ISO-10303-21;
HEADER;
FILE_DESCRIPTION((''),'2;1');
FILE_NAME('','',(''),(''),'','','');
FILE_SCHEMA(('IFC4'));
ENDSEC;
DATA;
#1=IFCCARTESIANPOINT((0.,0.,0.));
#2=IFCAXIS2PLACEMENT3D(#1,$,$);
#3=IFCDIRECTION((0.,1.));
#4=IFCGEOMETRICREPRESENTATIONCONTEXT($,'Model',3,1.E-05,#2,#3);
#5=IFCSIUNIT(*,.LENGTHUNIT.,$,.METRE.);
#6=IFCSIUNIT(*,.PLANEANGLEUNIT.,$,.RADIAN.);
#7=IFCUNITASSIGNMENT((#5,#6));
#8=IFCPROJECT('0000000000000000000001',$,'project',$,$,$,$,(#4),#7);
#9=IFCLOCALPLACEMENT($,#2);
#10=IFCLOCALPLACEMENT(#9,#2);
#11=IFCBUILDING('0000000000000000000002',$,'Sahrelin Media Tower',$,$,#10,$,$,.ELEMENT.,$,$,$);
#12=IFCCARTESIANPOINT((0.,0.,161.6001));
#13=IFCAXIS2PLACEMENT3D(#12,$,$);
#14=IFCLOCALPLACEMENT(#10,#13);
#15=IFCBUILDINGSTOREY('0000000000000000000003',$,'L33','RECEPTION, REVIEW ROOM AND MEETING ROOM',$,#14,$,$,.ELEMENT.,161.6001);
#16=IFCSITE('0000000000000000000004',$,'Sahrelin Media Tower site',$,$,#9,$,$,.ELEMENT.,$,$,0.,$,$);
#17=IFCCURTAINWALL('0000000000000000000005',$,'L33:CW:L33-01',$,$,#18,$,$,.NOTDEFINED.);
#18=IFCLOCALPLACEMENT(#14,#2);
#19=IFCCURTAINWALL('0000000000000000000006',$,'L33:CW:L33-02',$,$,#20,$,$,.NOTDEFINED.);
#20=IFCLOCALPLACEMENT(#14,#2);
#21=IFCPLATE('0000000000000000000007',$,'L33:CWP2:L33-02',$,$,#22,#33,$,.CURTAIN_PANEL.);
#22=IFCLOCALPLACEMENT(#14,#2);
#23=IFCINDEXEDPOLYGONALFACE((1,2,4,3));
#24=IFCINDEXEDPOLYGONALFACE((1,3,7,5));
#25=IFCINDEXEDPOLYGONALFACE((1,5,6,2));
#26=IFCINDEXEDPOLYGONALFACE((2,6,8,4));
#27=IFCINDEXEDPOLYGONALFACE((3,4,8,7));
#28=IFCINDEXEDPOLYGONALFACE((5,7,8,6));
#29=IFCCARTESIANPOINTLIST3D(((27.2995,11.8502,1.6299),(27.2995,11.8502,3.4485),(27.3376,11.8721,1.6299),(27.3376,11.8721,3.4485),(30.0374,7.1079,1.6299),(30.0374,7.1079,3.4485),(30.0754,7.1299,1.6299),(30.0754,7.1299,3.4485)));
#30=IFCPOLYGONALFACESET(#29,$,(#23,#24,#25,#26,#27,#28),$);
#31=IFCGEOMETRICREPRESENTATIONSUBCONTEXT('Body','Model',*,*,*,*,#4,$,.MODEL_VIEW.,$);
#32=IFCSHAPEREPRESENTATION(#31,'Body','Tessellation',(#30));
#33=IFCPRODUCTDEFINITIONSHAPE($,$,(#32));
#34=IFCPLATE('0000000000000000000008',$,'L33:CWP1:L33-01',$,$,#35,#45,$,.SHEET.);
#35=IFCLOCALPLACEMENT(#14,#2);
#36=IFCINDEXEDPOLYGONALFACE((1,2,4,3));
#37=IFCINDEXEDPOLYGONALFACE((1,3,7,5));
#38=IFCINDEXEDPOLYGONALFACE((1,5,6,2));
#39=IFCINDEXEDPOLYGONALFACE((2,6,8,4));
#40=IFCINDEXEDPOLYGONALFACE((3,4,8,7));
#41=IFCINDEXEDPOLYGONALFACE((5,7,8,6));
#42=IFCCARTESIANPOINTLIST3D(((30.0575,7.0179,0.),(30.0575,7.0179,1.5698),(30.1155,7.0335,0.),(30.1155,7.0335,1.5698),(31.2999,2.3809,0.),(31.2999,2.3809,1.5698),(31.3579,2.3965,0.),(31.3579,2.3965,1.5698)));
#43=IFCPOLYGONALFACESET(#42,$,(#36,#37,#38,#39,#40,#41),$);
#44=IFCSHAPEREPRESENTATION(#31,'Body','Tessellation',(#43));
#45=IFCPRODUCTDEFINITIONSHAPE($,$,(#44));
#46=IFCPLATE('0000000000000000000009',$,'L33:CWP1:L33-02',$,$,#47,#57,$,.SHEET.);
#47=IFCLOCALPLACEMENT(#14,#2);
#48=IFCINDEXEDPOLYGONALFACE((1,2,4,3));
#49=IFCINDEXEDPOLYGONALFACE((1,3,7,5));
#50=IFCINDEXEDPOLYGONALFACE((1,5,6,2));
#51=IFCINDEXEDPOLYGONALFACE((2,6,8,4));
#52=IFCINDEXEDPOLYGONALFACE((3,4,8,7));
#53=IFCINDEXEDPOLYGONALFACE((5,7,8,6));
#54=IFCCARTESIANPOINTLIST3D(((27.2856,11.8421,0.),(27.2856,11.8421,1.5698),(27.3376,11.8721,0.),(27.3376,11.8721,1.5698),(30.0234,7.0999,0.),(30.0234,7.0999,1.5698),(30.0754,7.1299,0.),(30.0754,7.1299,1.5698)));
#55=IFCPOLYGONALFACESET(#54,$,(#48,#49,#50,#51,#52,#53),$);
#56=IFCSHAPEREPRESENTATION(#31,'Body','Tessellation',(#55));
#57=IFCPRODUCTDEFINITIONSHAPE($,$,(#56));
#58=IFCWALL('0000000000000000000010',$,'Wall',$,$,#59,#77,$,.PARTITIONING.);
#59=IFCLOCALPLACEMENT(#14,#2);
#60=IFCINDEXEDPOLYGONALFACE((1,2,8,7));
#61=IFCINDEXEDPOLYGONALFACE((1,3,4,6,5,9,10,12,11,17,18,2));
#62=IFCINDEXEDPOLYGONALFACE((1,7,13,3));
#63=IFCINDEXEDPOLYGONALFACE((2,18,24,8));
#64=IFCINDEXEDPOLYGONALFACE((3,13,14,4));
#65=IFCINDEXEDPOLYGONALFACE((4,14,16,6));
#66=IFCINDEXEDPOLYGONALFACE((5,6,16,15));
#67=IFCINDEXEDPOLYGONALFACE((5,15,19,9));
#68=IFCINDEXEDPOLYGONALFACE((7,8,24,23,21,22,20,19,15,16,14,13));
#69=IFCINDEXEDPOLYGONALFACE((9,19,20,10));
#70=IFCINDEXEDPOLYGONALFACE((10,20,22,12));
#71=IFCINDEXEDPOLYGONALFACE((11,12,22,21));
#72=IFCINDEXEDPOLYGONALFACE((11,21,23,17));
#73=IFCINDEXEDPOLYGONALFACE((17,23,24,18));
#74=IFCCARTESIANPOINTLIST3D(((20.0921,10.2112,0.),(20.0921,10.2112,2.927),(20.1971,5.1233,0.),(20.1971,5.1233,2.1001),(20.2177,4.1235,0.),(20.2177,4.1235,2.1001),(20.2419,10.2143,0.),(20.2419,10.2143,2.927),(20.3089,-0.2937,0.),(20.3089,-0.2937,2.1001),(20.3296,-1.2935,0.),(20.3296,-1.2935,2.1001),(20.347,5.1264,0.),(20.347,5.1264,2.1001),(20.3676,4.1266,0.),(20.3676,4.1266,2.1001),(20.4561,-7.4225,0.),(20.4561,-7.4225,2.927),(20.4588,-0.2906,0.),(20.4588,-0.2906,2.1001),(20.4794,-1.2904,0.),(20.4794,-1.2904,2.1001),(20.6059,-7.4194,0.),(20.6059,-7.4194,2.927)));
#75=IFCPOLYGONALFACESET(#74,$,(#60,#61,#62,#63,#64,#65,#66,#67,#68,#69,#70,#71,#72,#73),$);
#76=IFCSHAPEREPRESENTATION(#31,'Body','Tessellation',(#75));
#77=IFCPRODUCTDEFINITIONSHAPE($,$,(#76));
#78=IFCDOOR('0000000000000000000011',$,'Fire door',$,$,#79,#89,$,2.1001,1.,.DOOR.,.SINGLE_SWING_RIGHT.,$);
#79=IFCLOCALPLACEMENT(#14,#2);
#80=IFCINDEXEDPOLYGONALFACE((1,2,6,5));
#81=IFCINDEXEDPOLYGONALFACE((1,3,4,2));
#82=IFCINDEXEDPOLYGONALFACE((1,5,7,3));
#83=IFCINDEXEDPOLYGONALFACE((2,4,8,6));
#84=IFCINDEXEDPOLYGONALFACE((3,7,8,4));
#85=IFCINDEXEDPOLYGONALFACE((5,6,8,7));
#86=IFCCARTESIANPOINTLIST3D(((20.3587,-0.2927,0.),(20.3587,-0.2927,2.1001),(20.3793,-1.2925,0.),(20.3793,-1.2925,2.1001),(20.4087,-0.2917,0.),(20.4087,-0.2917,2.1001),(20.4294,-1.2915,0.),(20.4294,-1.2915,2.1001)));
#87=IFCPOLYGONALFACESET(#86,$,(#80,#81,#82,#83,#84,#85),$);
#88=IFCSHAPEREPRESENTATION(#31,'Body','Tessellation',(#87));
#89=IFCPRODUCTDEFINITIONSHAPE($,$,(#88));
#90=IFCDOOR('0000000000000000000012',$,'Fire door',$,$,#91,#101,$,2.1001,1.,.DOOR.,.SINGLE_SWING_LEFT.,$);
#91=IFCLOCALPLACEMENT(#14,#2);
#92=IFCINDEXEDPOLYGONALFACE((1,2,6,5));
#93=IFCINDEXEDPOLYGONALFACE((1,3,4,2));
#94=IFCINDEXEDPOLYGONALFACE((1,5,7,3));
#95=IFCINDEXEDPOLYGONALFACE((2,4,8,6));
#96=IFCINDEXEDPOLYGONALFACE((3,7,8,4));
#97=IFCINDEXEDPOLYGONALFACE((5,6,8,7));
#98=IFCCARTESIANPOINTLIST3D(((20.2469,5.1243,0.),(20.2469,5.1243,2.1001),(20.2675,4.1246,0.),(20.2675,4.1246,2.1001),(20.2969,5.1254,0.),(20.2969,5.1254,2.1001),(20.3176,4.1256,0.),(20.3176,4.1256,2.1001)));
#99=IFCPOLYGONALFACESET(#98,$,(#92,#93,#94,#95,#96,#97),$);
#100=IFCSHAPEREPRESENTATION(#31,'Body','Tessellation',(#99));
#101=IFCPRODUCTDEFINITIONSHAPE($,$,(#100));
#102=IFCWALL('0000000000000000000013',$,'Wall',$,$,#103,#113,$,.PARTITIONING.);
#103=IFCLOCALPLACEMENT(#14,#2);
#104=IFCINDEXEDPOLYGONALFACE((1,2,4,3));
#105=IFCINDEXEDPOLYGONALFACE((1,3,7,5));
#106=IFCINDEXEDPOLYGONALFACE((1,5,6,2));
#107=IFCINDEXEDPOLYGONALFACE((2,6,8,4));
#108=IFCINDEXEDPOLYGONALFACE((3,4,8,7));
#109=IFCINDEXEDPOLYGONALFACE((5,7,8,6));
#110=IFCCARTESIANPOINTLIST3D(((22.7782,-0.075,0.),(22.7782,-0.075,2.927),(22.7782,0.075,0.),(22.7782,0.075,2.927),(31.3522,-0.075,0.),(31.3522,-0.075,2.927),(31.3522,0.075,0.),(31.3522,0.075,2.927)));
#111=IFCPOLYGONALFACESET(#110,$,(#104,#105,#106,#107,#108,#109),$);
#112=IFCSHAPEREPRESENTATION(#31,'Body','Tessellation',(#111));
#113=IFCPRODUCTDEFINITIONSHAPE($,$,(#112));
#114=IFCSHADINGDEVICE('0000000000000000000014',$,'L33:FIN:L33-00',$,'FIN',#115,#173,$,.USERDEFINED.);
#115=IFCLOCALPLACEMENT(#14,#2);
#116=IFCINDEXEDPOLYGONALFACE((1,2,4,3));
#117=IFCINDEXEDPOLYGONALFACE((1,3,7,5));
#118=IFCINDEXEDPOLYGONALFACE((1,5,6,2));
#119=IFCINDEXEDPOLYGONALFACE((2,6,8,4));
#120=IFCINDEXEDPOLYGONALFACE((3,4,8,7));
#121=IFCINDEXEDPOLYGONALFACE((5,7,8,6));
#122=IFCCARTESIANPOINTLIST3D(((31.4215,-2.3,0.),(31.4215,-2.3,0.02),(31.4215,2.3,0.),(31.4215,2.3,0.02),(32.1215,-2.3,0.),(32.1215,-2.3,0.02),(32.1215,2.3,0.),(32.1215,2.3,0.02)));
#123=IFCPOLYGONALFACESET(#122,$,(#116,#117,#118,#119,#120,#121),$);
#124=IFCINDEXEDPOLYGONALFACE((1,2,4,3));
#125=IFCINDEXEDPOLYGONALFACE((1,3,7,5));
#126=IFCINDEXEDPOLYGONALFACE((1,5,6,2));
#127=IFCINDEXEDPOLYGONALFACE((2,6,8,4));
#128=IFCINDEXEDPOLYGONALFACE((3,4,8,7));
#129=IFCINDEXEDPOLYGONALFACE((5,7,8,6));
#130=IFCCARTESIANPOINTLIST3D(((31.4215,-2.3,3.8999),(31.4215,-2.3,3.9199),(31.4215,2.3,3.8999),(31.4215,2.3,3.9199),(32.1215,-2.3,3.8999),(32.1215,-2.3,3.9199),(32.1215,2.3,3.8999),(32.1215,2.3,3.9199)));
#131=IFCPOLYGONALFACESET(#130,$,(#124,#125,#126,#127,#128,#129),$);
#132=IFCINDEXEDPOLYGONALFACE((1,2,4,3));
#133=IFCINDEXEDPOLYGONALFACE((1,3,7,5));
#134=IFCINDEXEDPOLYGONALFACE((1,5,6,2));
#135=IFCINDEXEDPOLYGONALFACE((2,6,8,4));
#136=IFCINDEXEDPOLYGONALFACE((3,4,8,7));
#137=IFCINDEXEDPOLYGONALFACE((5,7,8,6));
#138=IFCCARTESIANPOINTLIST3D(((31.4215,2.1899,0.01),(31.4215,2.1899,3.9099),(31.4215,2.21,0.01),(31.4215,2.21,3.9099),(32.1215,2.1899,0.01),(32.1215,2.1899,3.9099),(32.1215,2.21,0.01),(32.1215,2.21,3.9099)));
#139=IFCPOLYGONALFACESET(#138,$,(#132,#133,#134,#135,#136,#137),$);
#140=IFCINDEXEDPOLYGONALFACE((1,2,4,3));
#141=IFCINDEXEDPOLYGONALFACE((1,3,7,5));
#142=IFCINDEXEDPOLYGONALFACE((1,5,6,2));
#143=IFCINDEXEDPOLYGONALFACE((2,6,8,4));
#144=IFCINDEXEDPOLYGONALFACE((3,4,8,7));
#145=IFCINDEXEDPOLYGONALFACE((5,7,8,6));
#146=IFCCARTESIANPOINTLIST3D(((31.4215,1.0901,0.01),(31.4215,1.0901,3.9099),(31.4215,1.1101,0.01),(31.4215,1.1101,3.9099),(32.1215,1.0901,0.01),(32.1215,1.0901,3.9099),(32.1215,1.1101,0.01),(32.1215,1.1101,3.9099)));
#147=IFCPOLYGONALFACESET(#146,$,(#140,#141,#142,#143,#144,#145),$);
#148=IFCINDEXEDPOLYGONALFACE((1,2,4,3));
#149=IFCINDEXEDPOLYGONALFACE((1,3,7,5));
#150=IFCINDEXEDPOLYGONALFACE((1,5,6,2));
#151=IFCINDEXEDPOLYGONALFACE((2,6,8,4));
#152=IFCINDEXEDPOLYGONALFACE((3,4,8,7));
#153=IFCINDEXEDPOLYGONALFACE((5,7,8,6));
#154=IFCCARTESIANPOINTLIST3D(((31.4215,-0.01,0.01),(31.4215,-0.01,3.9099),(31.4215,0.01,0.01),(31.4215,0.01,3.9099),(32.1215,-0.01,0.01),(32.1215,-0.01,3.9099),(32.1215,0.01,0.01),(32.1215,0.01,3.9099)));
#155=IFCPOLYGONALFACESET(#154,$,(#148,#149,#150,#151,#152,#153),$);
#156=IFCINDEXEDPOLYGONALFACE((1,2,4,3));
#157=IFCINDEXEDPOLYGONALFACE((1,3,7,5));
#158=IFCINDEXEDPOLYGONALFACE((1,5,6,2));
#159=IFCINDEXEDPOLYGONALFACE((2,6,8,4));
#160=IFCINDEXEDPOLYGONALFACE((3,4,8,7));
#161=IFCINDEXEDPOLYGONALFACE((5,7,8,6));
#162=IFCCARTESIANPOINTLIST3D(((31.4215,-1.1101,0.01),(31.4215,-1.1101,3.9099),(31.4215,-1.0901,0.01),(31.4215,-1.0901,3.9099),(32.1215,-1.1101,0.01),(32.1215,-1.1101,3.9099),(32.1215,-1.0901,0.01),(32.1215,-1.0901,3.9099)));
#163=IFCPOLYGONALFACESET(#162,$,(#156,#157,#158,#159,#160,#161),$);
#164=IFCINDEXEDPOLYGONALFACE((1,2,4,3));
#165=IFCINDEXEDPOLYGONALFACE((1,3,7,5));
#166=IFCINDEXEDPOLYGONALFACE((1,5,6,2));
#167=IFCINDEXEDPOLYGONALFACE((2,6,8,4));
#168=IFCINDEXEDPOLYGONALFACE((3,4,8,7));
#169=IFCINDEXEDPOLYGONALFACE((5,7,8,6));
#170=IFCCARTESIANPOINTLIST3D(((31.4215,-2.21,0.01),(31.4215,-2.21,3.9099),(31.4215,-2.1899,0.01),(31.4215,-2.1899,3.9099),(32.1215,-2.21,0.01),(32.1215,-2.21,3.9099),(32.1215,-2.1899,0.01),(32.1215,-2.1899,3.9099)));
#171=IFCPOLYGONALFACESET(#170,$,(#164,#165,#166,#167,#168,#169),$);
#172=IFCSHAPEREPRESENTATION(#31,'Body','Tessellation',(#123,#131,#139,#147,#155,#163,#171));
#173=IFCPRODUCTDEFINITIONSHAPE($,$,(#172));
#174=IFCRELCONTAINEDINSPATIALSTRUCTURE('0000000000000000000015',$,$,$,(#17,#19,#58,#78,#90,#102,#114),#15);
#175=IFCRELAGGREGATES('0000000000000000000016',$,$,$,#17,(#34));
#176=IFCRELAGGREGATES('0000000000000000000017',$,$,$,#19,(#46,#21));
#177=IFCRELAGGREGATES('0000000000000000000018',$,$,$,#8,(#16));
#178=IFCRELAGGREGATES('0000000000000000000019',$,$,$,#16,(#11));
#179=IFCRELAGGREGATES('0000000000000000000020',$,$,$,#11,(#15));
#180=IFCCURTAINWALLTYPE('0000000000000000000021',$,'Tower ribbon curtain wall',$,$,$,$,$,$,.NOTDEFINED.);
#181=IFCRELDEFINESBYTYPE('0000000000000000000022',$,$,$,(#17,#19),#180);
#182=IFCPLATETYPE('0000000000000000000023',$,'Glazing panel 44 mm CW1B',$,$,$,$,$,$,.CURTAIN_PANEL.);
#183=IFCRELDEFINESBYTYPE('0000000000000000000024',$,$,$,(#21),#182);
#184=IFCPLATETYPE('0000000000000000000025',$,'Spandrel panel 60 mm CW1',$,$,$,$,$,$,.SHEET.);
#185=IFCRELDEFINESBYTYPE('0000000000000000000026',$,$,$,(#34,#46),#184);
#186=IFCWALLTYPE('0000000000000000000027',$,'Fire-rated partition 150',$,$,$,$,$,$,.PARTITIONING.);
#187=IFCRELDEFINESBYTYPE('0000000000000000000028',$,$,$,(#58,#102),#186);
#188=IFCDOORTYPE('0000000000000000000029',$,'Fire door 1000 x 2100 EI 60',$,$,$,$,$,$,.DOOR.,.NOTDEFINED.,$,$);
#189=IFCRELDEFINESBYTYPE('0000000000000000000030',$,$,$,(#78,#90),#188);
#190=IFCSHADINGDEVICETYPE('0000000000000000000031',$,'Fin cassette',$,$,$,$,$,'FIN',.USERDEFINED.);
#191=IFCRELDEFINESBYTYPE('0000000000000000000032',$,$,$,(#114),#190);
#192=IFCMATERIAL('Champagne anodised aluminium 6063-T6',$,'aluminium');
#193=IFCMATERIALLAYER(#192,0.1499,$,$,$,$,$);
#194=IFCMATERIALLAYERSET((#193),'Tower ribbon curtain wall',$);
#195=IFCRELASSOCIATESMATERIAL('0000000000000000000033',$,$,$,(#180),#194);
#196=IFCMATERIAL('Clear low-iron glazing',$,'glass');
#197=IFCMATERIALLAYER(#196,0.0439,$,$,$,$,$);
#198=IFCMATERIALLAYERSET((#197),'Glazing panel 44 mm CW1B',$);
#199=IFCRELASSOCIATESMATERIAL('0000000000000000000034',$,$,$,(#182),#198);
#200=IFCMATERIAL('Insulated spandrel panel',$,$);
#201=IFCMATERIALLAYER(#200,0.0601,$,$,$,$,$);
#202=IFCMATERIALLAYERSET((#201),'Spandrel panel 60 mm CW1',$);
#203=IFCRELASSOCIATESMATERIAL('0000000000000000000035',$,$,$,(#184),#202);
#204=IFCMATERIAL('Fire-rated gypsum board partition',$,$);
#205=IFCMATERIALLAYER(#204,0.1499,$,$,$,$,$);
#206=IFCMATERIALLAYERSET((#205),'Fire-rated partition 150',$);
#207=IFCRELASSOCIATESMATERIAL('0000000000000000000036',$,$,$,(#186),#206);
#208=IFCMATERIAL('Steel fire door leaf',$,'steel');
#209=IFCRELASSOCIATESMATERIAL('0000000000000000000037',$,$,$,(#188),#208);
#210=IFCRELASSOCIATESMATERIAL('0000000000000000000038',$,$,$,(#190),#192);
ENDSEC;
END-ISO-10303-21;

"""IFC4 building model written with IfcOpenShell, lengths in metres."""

from ifc_helpers import new_model, si_unit, direction, frame, frame_2d, origin, origin_2d, place, context, subcontext, project, spatial, polyline, rectangle, outline, extrude, material, layer, layer_set, type_object, element, fill, aggregate, save


model = new_model("IFC4")

# Units and contexts
model_context = context("Model", 3, precision=1e-05, world=origin(), true_north=direction((0.0, 1.0)))
body_context = subcontext(model_context, "Body", "Model", "MODEL_VIEW")
ifc_project = project(units=[si_unit("LENGTHUNIT", "METRE"), si_unit("PLANEANGLEUNIT", "RADIAN")], contexts=[model_context])

# Site, building, storey
site_placement = place(None, origin())
site = spatial("IfcSite", under=ifc_project, at=site_placement, Name="Sahrelin Media Tower site", CompositionType="ELEMENT", RefElevation=0.0)
building_placement = place(site_placement, origin())
building = spatial("IfcBuilding", under=site, at=building_placement, Name="Sahrelin Media Tower", CompositionType="ELEMENT")
storey_placement = place(building_placement, frame((0.0, 0.0, 161.6001)))
storey = spatial("IfcBuildingStorey", under=building, at=storey_placement, Name="L33", Description="RECEPTION, REVIEW ROOM AND MEETING ROOM", CompositionType="ELEMENT", Elevation=161.6001)

# Curtain walls
ifc_material_1 = material(Name="Champagne anodised aluminium 6063-T6", Category="aluminium")
ifc_layer_1 = layer(ifc_material_1, 0.1499)
ifc_layer_set_1 = layer_set([ifc_layer_1], Name="Tower ribbon curtain wall")
curtain_wall_type = type_object("IfcCurtainWallType", Name="Tower ribbon curtain wall", PredefinedType="NOTDEFINED", material=ifc_layer_set_1)
curtain_wall_1_placement = place(storey_placement, frame((30.7173, 4.7097, 0.0), z_axis=(0.0, 0.0, 1.0), x_axis=(1.0, 0.0, 0.0)))
curtain_wall_1 = element("IfcCurtainWall", 1, at=curtain_wall_1_placement, inside=storey, type_object=curtain_wall_type, Name="L33:CW:L33-01", PredefinedType="NOTDEFINED")
curtain_wall_2_placement = place(storey_placement, frame((28.6892, 9.491, 0.0), z_axis=(0.0, 0.0, 1.0), x_axis=(1.0, 0.0, 0.0)))
curtain_wall_2 = element("IfcCurtainWall", 2, at=curtain_wall_2_placement, inside=storey, type_object=curtain_wall_type, Name="L33:CW:L33-02", PredefinedType="NOTDEFINED")

# Plates
ifc_material_2 = material(Name="Clear low-iron glazing", Category="glass")
ifc_layer_2 = layer(ifc_material_2, 0.0439)
ifc_layer_set_2 = layer_set([ifc_layer_2], Name="Glazing panel 44 mm CW1B")
plate_type_1 = type_object("IfcPlateType", Name="Glazing panel 44 mm CW1B", PredefinedType="CURTAIN_PANEL", material=ifc_layer_set_2)
plate_1_placement = place(storey_placement, frame((30.0754, 7.1299, 1.6299), z_axis=(0.866034, 0.499985, 0.0), x_axis=(-0.499985, 0.866034, 0.0)))
plate_1 = element("IfcPlate", 3, at=plate_1_placement, type_object=plate_type_1, Name="L33:CWP2:L33-02", PredefinedType="CURTAIN_PANEL", context=body_context, shape_type="SweptSolid", body=[
    extrude(outline(polyline([(0.0, 0.0), (5.4758, 0.0), (5.4758, 1.8186), (0.0, 1.8186), (0.0, 0.0)])), origin(), (0.0, 0.0, -1.0), 0.0439),
])
ifc_material_3 = material(Name="Insulated spandrel panel")
ifc_layer_3 = layer(ifc_material_3, 0.0601)
ifc_layer_set_3 = layer_set([ifc_layer_3], Name="Spandrel panel 60 mm CW1")
plate_type_2 = type_object("IfcPlateType", Name="Spandrel panel 60 mm CW1", PredefinedType="SHEET", material=ifc_layer_set_3)
plate_2_placement = place(storey_placement, frame((31.3579, 2.3965, 0.0), z_axis=(0.965928, 0.258811, 0.0), x_axis=(-0.258811, 0.965928, 0.0)))
plate_2 = element("IfcPlate", 4, at=plate_2_placement, type_object=plate_type_2, Name="L33:CWP1:L33-01", PredefinedType="SHEET", context=body_context, shape_type="SweptSolid", body=[
    extrude(outline(polyline([(0.0, 0.0), (4.8005, 0.0), (4.8005, 1.5698), (0.0, 1.5698), (0.0, 0.0)])), origin(), (0.0, 0.0, -1.0), 0.0601),
])
aggregate(curtain_wall_1, [plate_2])
plate_3_placement = place(storey_placement, frame((30.0754, 7.1299, 0.0), z_axis=(0.866034, 0.499985, 0.0), x_axis=(-0.499985, 0.866034, 0.0)))
plate_3 = element("IfcPlate", 5, at=plate_3_placement, type_object=plate_type_2, Name="L33:CWP1:L33-02", PredefinedType="SHEET", context=body_context, shape_type="SweptSolid", body=[
    extrude(outline(polyline([(0.0, 0.0), (5.4758, 0.0), (5.4758, 1.5698), (0.0, 1.5698), (0.0, 0.0)])), origin(), (0.0, 0.0, -1.0), 0.0601),
])
aggregate(curtain_wall_2, [plate_3, plate_1])

# Wall, openings, doors
ifc_material_4 = material(Name="Fire-rated gypsum board partition")
ifc_layer_4 = layer(ifc_material_4, 0.1499)
ifc_layer_set_4 = layer_set([ifc_layer_4], Name="Fire-rated partition 150")
wall_type = type_object("IfcWallType", Name="Fire-rated partition 150", PredefinedType="PARTITIONING", material=ifc_layer_set_4)
wall_1_placement = place(storey_placement, frame((20.167, 10.2129, 0.0), z_axis=(0.0, 0.0, 1.0), x_axis=(0.020639, -0.999787, 0.0)))
wall_1 = element("IfcWall", 6, at=wall_1_placement, inside=storey, type_object=wall_type, Name="Wall", PredefinedType="PARTITIONING", context=body_context, shape_type="SweptSolid", body=[
    extrude(rectangle(XDim=17.6375, YDim=0.1499, at=frame_2d((8.8188, 0.0))), origin(), (0.0, 0.0, 1.0), 2.927),
])
opening_1_placement = place(wall_1_placement, frame((10.5073, 0.0, 0.0)))
opening_1 = element("IfcOpeningElement", 7, at=opening_1_placement, cuts=wall_1, PredefinedType="OPENING", context=body_context, shape_type="SweptSolid", body=[
    extrude(rectangle(XDim=1.0, YDim=2.1001, at=frame_2d((0.5, 1.05))), frame((0.0, 0.075, 0.0), z_axis=(0.0, -1.0, 0.0), x_axis=(1.0, 0.0, 0.0)), (0.0, 0.0, 1.0), 0.1499),
])
opening_2_placement = place(wall_1_placement, frame((5.0891, 0.0, 0.0)))
opening_2 = element("IfcOpeningElement", 8, at=opening_2_placement, cuts=wall_1, PredefinedType="OPENING", context=body_context, shape_type="SweptSolid", body=[
    extrude(rectangle(XDim=1.0, YDim=2.1001, at=frame_2d((0.5, 1.05))), frame((0.0, 0.075, 0.0), z_axis=(0.0, -1.0, 0.0), x_axis=(1.0, 0.0, 0.0)), (0.0, 0.0, 1.0), 0.1499),
])
ifc_material_5 = material(Name="Steel fire door leaf", Category="steel")
door_type = type_object("IfcDoorType", Name="Fire door 1000 x 2100 EI 60", OperationType="NOTDEFINED", PredefinedType="DOOR", material=ifc_material_5)
door_1_placement = place(opening_1_placement, origin())
door_1 = element("IfcDoor", 9, at=door_1_placement, inside=storey, type_object=door_type, Name="Fire door", OperationType="SINGLE_SWING_RIGHT", OverallHeight=2.1001, OverallWidth=1.0, PredefinedType="DOOR", context=body_context, shape_type="SweptSolid", body=[
    extrude(rectangle(XDim=1.0, YDim=2.1001, at=frame_2d((0.5, 1.05))), frame((0.0, 0.0249, 0.0), z_axis=(0.0, -1.0, 0.0), x_axis=(1.0, 0.0, 0.0)), (0.0, 0.0, 1.0), 0.05),
])
fill(opening_1, door_1)
door_2_placement = place(opening_2_placement, origin())
door_2 = element("IfcDoor", 10, at=door_2_placement, inside=storey, type_object=door_type, Name="Fire door", OperationType="SINGLE_SWING_LEFT", OverallHeight=2.1001, OverallWidth=1.0, PredefinedType="DOOR", context=body_context, shape_type="SweptSolid", body=[
    extrude(rectangle(XDim=1.0, YDim=2.1001, at=frame_2d((0.5, 1.05))), frame((0.0, 0.0249, 0.0), z_axis=(0.0, -1.0, 0.0), x_axis=(1.0, 0.0, 0.0)), (0.0, 0.0, 1.0), 0.05),
])
fill(opening_2, door_2)

# Wall
wall_2_placement = place(storey_placement, frame((22.7781, 0.0, 0.0), z_axis=(0.0, 0.0, 1.0), x_axis=(1.0, 0.0, 0.0)))
element("IfcWall", 11, at=wall_2_placement, inside=storey, type_object=wall_type, Name="Wall", PredefinedType="PARTITIONING", context=body_context, shape_type="SweptSolid", body=[
    extrude(rectangle(XDim=8.574, YDim=0.1499, at=frame_2d((4.2871, 0.0))), origin(), (0.0, 0.0, 1.0), 2.927),
])

# Shading device
shading_device_type_1 = type_object("IfcShadingDeviceType", Name="Fin cassette", ElementType="FIN", PredefinedType="USERDEFINED", material=ifc_material_1)
placement_1 = place(storey_placement, frame((31.3516, 0.0, 0.0), z_axis=(0.0, 0.0, 1.0), x_axis=(0.0, -1.0, 0.0)))
element("IfcShadingDevice", 12, at=placement_1, inside=storey, type_object=shading_device_type_1, Name="L33:FIN:L33-00", ObjectType="FIN", PredefinedType="USERDEFINED", context=body_context, shape_type="SweptSolid", body=[
    extrude(rectangle(XDim=4.6001, YDim=0.7, at=origin_2d()), frame((0.0, 0.4199, 0.0)), (0.0, 0.0, 1.0), 0.02),
    extrude(rectangle(XDim=4.6001, YDim=0.7, at=origin_2d()), frame((0.0, 0.4199, 3.8999)), (0.0, 0.0, 1.0), 0.02),
    extrude(rectangle(XDim=0.02, YDim=0.7, at=origin_2d()), frame((-2.2, 0.4199, 0.01), z_axis=(0.0, 0.0, 1.0), x_axis=(1.0, 0.0, 0.0)), (0.0, 0.0, 1.0), 3.8999),
    extrude(rectangle(XDim=0.02, YDim=0.7, at=origin_2d()), frame((-1.1001, 0.4199, 0.01), z_axis=(0.0, 0.0, 1.0), x_axis=(1.0, 0.0, 0.0)), (0.0, 0.0, 1.0), 3.8999),
    extrude(rectangle(XDim=0.02, YDim=0.7, at=origin_2d()), frame((0.0, 0.4199, 0.01), z_axis=(0.0, 0.0, 1.0), x_axis=(1.0, 0.0, 0.0)), (0.0, 0.0, 1.0), 3.8999),
    extrude(rectangle(XDim=0.02, YDim=0.7, at=origin_2d()), frame((1.1001, 0.4199, 0.01), z_axis=(0.0, 0.0, 1.0), x_axis=(1.0, 0.0, 0.0)), (0.0, 0.0, 1.0), 3.8999),
    extrude(rectangle(XDim=0.02, YDim=0.7, at=origin_2d()), frame((2.2, 0.4199, 0.01), z_axis=(0.0, 0.0, 1.0), x_axis=(1.0, 0.0, 0.0)), (0.0, 0.0, 1.0), 3.8999),
])

save(model, "model.ifc")
